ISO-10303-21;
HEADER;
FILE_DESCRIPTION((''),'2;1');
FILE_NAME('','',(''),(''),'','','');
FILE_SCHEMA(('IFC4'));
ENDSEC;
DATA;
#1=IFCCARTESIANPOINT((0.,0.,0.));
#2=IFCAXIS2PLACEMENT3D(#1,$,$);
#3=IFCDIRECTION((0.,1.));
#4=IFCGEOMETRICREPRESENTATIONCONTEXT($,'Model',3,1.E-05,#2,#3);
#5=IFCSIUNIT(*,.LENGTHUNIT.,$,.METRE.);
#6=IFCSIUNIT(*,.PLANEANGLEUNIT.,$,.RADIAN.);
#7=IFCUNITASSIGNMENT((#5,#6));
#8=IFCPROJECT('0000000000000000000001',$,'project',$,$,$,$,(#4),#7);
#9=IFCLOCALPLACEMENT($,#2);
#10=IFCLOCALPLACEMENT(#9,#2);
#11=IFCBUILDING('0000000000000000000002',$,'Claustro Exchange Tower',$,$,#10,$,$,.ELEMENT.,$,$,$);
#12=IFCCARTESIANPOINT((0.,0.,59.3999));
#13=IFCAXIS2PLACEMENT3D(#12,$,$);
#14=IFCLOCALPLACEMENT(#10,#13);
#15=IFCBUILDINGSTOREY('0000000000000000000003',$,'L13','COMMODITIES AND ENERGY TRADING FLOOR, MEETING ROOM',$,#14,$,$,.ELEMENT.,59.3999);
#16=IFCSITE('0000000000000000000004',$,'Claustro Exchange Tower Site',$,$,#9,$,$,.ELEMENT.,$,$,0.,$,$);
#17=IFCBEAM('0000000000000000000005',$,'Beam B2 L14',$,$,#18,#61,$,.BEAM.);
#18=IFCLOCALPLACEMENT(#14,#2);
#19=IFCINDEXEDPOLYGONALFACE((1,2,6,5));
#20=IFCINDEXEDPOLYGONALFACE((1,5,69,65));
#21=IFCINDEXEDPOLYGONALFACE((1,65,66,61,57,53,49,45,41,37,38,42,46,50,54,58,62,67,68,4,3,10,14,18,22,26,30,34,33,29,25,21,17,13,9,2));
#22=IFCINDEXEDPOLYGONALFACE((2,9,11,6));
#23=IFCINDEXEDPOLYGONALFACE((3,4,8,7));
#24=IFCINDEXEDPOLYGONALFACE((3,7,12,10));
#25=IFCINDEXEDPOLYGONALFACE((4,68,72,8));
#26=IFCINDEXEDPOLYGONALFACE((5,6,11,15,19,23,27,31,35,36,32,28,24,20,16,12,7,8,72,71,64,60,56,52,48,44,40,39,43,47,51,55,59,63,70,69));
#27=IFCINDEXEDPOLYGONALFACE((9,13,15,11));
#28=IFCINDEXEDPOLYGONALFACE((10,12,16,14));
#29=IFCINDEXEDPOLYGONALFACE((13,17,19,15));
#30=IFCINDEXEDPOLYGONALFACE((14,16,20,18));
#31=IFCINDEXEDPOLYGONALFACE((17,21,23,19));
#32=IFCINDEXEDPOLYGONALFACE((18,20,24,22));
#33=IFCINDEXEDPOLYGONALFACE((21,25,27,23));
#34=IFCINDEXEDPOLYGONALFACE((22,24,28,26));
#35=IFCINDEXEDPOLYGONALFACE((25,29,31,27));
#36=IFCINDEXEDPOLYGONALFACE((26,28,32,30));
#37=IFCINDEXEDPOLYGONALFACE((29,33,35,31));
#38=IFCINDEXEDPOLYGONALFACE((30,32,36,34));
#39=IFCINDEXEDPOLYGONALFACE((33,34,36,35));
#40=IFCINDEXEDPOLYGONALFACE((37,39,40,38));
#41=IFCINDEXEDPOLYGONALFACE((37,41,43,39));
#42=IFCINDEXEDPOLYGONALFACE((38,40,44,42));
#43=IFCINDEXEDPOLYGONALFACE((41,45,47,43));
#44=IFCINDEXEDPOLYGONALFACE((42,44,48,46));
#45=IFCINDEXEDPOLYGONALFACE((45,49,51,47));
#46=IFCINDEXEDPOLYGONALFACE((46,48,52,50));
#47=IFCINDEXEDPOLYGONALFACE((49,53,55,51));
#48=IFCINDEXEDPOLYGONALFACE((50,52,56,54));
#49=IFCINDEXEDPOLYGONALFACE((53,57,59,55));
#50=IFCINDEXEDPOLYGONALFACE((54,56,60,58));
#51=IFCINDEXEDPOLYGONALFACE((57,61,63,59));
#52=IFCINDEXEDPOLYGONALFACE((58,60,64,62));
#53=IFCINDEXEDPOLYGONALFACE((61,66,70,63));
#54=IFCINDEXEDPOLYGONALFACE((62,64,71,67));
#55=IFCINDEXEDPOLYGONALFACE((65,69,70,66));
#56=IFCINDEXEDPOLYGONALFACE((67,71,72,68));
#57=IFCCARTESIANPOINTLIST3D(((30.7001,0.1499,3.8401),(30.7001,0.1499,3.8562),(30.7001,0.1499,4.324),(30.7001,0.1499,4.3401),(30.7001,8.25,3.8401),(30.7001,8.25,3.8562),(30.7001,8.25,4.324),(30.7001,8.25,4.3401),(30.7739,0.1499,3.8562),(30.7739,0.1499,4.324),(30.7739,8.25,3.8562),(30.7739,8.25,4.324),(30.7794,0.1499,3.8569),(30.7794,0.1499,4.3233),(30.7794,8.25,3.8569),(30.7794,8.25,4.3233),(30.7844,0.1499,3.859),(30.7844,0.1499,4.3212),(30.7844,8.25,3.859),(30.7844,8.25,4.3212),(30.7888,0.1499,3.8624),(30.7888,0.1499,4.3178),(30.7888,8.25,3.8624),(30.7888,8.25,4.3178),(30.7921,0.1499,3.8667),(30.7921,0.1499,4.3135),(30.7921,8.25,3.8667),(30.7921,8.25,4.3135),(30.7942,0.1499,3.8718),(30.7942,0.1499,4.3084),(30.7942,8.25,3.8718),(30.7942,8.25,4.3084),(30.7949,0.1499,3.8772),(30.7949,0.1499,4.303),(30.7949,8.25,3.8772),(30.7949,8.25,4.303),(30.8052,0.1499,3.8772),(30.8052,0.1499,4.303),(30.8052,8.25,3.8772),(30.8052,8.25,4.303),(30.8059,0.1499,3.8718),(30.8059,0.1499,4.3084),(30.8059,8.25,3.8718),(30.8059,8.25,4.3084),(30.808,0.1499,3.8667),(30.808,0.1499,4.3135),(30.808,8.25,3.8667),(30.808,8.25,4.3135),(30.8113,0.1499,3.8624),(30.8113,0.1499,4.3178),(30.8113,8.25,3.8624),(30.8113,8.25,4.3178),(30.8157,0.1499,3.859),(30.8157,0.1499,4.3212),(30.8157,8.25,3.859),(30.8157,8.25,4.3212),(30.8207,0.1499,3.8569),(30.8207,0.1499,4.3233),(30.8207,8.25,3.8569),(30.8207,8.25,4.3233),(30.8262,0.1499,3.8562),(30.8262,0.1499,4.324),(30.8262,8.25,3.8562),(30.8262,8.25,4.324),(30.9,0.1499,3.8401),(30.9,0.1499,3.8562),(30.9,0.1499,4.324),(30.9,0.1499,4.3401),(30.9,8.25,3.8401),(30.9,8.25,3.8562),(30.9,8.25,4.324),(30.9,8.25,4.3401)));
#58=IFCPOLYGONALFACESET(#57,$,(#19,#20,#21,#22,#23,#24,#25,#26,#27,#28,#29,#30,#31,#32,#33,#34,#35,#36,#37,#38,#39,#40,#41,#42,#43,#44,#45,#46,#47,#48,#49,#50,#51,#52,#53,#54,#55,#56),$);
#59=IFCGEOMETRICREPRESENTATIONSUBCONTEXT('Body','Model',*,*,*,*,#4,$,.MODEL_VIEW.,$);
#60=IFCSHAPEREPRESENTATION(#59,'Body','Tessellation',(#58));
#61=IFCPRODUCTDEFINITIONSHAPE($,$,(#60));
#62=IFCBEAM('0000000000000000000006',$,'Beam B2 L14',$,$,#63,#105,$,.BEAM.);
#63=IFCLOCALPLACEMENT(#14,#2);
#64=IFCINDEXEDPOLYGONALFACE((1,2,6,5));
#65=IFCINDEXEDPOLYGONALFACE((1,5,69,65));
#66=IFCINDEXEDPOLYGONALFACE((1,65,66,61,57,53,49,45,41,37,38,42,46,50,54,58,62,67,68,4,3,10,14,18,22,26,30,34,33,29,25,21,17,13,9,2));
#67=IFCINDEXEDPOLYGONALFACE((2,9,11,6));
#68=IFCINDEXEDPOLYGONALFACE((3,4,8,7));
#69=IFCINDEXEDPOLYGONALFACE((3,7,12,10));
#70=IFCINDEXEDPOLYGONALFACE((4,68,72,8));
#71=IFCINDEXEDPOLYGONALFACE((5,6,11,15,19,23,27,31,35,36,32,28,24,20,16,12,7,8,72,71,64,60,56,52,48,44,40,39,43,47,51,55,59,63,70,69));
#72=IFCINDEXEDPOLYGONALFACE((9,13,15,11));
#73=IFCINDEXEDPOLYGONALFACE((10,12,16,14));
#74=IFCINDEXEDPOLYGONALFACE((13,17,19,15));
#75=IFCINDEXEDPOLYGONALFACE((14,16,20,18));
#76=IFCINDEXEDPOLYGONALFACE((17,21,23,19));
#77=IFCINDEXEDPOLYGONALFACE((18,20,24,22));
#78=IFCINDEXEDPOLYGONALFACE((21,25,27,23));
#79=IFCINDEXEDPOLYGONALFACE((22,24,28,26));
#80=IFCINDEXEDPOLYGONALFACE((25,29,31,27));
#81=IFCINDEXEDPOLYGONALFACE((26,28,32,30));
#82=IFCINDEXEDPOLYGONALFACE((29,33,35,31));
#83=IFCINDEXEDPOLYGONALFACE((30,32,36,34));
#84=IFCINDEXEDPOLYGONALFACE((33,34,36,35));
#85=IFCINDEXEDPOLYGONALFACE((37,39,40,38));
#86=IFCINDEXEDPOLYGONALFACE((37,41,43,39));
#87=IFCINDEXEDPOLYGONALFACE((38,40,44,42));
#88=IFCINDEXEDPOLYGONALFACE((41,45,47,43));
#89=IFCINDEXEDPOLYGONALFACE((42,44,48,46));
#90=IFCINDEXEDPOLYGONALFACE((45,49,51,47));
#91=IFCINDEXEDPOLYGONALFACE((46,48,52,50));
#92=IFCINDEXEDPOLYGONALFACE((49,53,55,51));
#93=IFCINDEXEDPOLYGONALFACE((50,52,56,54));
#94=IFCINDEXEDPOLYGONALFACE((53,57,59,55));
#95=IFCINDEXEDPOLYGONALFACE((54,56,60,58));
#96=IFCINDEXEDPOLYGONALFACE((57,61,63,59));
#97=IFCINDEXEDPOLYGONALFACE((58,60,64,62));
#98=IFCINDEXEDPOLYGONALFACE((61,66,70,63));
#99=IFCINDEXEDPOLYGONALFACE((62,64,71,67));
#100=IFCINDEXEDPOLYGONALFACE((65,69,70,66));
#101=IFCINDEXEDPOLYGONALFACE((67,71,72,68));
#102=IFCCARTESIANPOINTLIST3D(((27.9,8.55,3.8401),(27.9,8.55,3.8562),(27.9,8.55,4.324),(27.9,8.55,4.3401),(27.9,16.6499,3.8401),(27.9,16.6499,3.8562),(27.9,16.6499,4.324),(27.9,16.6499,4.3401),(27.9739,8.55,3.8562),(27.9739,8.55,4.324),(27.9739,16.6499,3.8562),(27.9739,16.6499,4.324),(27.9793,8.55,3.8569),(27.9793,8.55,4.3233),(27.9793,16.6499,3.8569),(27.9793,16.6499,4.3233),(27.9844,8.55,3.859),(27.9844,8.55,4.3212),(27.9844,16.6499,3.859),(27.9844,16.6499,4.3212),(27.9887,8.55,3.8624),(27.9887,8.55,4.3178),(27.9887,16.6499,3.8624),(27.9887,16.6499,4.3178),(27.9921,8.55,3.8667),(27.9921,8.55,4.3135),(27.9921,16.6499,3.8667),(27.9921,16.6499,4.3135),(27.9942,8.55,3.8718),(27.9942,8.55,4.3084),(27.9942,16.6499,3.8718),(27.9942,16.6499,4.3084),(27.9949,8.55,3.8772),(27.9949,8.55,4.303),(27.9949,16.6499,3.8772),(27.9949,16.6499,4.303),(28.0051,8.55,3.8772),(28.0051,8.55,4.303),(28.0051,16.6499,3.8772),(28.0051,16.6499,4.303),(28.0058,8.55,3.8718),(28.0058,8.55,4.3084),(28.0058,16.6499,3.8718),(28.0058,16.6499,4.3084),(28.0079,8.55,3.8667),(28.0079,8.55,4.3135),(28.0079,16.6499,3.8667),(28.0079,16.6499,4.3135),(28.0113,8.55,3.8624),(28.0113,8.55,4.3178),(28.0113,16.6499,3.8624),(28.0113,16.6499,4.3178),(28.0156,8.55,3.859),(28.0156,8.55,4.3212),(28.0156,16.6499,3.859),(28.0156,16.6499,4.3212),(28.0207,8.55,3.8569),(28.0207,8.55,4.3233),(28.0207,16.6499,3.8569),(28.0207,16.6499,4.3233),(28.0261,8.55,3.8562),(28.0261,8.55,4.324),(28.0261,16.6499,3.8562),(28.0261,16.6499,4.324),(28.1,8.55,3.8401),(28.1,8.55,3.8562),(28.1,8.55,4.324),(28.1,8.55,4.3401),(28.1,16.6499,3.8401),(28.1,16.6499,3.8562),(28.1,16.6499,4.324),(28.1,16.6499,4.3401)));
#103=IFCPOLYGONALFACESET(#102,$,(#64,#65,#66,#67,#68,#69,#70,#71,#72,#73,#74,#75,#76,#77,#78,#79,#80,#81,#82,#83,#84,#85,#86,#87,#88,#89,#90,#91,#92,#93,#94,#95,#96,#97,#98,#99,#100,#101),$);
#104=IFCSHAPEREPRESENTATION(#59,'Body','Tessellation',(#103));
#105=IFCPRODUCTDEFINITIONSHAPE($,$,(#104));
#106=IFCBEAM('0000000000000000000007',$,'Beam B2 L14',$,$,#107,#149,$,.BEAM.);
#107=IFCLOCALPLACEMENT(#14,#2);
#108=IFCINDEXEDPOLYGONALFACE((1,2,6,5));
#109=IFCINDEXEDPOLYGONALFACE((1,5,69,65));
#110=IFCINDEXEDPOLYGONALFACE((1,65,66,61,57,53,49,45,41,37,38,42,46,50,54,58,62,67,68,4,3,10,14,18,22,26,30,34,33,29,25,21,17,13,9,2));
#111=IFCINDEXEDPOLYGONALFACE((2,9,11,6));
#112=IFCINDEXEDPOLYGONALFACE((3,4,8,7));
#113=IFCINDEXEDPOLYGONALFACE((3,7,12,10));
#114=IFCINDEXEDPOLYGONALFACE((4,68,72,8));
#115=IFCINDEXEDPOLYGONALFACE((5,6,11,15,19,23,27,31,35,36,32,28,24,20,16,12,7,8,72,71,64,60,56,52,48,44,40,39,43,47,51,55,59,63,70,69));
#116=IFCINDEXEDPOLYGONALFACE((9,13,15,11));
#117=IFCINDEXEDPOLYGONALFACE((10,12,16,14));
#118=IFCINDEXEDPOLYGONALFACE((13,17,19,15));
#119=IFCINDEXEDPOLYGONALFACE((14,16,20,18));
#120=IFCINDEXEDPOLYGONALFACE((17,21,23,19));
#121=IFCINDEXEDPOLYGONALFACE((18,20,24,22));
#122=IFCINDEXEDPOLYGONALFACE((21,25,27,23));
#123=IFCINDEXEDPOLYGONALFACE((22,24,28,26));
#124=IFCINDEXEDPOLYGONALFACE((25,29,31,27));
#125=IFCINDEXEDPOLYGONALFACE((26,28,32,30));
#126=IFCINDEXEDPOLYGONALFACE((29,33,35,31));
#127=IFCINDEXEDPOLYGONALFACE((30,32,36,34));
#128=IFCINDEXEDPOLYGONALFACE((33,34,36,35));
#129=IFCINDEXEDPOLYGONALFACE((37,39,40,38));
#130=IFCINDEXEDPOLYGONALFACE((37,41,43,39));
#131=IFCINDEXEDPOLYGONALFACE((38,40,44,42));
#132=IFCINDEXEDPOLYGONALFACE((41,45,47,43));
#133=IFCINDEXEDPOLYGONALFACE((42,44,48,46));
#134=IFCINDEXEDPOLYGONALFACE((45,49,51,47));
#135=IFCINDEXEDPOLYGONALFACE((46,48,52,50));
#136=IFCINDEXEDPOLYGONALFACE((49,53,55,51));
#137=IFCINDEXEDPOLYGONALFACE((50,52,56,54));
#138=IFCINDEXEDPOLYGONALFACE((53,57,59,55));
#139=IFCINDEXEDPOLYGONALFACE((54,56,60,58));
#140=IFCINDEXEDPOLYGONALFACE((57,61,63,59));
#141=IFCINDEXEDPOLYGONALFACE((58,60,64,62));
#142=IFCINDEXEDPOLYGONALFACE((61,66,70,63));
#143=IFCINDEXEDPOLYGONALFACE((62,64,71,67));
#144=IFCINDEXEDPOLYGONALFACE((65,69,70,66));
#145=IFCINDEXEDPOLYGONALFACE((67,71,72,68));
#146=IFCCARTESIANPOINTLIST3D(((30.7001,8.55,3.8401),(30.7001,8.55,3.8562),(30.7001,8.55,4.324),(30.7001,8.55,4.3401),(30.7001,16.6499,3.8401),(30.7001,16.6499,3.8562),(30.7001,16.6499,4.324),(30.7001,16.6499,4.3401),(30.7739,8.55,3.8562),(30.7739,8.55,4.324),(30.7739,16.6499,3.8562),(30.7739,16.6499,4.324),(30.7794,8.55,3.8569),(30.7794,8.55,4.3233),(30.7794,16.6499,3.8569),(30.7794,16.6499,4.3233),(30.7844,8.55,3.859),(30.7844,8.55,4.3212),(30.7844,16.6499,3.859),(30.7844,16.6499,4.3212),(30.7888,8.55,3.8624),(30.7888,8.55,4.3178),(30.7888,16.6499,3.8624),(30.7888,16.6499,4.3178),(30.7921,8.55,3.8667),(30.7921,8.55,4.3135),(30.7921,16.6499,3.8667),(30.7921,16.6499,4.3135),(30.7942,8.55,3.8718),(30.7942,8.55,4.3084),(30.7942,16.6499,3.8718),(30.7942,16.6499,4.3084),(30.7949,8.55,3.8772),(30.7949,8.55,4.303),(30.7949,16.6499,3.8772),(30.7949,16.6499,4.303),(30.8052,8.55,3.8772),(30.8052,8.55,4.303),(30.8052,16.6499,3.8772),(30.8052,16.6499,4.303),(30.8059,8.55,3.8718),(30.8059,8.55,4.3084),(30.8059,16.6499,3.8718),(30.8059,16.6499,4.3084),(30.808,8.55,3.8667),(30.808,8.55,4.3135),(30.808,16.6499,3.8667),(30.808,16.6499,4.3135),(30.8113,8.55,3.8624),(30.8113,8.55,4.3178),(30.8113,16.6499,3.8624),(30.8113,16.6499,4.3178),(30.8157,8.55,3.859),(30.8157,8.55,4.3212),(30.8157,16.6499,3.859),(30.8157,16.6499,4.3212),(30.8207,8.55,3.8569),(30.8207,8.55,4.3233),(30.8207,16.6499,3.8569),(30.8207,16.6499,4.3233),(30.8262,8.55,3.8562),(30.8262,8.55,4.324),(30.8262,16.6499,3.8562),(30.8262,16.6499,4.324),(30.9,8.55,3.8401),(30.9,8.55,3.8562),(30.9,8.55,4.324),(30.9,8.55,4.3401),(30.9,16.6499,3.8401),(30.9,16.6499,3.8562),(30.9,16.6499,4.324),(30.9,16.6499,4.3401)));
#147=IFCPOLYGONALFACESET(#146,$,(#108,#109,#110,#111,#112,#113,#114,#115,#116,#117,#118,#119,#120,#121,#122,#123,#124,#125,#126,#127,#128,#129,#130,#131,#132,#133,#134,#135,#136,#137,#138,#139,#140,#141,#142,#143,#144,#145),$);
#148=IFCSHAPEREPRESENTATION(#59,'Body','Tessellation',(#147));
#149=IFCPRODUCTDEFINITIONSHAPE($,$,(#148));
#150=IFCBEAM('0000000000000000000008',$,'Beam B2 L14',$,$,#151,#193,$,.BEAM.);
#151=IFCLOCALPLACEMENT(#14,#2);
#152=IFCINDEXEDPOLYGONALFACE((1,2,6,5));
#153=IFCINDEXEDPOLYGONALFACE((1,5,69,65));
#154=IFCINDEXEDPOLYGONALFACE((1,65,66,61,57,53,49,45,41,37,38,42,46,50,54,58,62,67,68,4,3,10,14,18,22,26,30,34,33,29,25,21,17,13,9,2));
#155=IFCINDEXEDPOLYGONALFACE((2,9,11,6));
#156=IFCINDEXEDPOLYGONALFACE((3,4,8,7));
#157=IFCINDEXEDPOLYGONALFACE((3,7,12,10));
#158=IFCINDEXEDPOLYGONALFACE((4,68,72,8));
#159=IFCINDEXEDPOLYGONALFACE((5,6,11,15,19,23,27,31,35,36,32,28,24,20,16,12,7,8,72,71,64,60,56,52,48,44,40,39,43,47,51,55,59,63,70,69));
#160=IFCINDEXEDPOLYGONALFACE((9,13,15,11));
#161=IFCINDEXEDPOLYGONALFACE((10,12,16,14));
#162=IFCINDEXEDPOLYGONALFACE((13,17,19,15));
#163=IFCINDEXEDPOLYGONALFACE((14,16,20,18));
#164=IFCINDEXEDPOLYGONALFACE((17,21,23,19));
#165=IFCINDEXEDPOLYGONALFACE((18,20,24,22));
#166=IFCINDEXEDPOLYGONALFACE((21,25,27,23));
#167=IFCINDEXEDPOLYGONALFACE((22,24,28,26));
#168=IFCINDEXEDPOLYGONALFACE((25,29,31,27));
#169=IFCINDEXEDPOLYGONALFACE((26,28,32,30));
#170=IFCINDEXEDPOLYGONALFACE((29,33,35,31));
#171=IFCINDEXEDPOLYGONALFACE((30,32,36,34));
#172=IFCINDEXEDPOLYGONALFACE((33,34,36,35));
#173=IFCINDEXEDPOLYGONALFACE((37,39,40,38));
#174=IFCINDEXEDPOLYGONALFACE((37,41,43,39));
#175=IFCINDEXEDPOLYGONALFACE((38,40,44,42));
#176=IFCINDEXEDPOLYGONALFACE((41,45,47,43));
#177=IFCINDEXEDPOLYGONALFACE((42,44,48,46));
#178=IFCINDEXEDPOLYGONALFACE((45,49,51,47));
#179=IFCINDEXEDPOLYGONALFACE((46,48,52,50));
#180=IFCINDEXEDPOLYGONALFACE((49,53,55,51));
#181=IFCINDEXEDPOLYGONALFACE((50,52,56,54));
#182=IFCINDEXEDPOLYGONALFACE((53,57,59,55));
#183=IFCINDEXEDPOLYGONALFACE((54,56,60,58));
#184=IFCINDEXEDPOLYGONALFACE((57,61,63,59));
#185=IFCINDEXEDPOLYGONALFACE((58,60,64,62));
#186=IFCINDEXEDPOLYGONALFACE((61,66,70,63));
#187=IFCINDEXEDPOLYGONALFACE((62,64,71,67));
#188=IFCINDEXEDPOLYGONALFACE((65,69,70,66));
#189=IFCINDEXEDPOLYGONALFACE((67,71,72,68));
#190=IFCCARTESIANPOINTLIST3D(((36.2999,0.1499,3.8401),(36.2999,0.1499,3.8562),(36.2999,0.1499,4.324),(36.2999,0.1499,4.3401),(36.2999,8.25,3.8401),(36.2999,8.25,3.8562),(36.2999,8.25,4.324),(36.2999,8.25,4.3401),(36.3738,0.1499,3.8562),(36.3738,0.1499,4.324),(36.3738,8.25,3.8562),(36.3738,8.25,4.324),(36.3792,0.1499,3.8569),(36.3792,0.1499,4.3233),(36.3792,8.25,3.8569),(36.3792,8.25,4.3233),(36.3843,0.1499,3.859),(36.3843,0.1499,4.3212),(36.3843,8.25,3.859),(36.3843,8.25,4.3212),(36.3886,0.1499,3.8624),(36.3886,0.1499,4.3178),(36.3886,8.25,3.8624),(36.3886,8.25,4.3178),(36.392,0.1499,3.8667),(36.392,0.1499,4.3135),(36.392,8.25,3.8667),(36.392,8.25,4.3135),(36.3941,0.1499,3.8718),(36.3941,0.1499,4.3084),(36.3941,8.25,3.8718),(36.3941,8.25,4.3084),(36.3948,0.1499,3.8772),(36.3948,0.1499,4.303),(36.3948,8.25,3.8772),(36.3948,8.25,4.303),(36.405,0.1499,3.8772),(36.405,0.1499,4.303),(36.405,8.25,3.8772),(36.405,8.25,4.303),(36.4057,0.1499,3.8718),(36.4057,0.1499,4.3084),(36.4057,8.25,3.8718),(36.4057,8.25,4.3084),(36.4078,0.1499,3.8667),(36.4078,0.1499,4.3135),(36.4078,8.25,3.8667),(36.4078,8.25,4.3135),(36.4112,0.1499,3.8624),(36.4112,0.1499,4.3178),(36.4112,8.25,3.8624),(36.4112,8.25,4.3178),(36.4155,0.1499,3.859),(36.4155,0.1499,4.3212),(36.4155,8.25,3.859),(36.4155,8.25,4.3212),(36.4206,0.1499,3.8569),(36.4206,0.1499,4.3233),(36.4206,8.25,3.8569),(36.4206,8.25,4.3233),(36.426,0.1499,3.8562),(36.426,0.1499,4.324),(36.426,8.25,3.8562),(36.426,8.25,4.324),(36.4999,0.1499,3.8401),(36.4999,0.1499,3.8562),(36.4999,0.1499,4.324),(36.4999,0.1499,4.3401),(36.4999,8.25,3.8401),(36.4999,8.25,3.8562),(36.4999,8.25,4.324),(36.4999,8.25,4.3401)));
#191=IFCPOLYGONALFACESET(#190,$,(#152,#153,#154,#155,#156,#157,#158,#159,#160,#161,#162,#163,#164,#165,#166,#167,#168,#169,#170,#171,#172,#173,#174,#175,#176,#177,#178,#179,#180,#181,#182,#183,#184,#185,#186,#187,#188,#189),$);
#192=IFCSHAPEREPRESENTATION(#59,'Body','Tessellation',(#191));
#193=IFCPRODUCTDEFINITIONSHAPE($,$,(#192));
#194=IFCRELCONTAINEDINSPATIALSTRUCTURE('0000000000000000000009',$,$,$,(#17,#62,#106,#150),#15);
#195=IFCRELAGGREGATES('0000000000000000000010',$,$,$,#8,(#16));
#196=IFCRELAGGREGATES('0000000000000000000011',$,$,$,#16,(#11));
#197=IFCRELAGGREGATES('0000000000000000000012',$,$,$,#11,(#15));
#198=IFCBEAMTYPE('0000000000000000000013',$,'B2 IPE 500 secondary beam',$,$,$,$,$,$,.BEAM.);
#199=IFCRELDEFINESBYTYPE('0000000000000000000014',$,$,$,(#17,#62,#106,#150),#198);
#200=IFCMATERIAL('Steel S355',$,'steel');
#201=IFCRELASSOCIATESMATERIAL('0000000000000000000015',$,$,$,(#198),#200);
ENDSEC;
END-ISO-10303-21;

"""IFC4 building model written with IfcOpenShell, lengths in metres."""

from ifc_helpers import new_model, si_unit, direction, frame, origin, origin_2d, place, context, subcontext, project, spatial, i_section, extrude, material, material_profile, profile_set, type_object, element, save


model = new_model("IFC4")

# Units and contexts
model_context = context("Model", 3, precision=1e-05, world=origin(), true_north=direction((0.0, 1.0)))
body_context = subcontext(model_context, "Body", "Model", "MODEL_VIEW")
ifc_project = project(units=[si_unit("LENGTHUNIT", "METRE"), si_unit("PLANEANGLEUNIT", "RADIAN")], contexts=[model_context])

# Site, building, storey
site_placement = place(None, origin())
site = spatial("IfcSite", under=ifc_project, at=site_placement, Name="Claustro Exchange Tower Site", CompositionType="ELEMENT", RefElevation=0.0)
building_placement = place(site_placement, origin())
building = spatial("IfcBuilding", under=site, at=building_placement, Name="Claustro Exchange Tower", CompositionType="ELEMENT")
storey_placement = place(building_placement, frame((0.0, 0.0, 59.3999)))
storey = spatial("IfcBuildingStorey", under=building, at=storey_placement, Name="L13", Description="COMMODITIES AND ENERGY TRADING FLOOR, MEETING ROOM", CompositionType="ELEMENT", Elevation=59.3999)

# Beams
ifc_material_1 = material(Name="Steel S355", Category="steel")
ifc_material_profile_1 = material_profile(ifc_material_1, i_section(OverallWidth=0.2, OverallDepth=0.5, WebThickness=0.0103, FlangeThickness=0.0161, FilletRadius=0.021, at=origin_2d()), Name="IPE 500")
ifc_profile_set_1 = profile_set([ifc_material_profile_1], Name="Steel S355")
beam_type_1 = type_object("IfcBeamType", Name="B2 IPE 500 secondary beam", PredefinedType="BEAM", material=ifc_profile_set_1)
for number, where, z_axis, x_axis, name in (
    (1, (30.8, 0.1499, 4.0901), (0.0, 1.0, 0.0), (-1.0, 0.0, 0.0), "Beam B2 L14"),
):
    element("IfcBeam", number, at=place(storey_placement, frame(where, z_axis=z_axis, x_axis=x_axis)), inside=storey, type_object=beam_type_1, Name=name, PredefinedType="BEAM", context=body_context, shape_type="SweptSolid", body=[
        extrude(i_section(OverallWidth=0.2, OverallDepth=0.5, WebThickness=0.0103, FlangeThickness=0.0161, FilletRadius=0.021, at=origin_2d()), origin(), (0.0, 0.0, 1.0), 8.1001),
    ])
for number, where, z_axis, x_axis, name in (
    (2, (28.0, 8.55, 4.0901), (0.0, 1.0, 0.0), (-1.0, 0.0, 0.0), "Beam B2 L14"),
    (3, (30.8, 8.55, 4.0901), (0.0, 1.0, 0.0), (-1.0, 0.0, 0.0), "Beam B2 L14"),
):
    element("IfcBeam", number, at=place(storey_placement, frame(where, z_axis=z_axis, x_axis=x_axis)), inside=storey, type_object=beam_type_1, Name=name, PredefinedType="BEAM", context=body_context, shape_type="SweptSolid", body=[
        extrude(i_section(OverallWidth=0.2, OverallDepth=0.5, WebThickness=0.0103, FlangeThickness=0.0161, FilletRadius=0.021, at=origin_2d()), origin(), (0.0, 0.0, 1.0), 8.0999),
    ])
for number, where, z_axis, x_axis, name in (
    (4, (36.3999, 0.1499, 4.0901), (0.0, 1.0, 0.0), (-1.0, 0.0, 0.0), "Beam B2 L14"),
):
    element("IfcBeam", number, at=place(storey_placement, frame(where, z_axis=z_axis, x_axis=x_axis)), inside=storey, type_object=beam_type_1, Name=name, PredefinedType="BEAM", context=body_context, shape_type="SweptSolid", body=[
        extrude(i_section(OverallWidth=0.2, OverallDepth=0.5, WebThickness=0.0103, FlangeThickness=0.0161, FilletRadius=0.021, at=origin_2d()), origin(), (0.0, 0.0, 1.0), 8.1001),
    ])

save(model, "model.ifc")
